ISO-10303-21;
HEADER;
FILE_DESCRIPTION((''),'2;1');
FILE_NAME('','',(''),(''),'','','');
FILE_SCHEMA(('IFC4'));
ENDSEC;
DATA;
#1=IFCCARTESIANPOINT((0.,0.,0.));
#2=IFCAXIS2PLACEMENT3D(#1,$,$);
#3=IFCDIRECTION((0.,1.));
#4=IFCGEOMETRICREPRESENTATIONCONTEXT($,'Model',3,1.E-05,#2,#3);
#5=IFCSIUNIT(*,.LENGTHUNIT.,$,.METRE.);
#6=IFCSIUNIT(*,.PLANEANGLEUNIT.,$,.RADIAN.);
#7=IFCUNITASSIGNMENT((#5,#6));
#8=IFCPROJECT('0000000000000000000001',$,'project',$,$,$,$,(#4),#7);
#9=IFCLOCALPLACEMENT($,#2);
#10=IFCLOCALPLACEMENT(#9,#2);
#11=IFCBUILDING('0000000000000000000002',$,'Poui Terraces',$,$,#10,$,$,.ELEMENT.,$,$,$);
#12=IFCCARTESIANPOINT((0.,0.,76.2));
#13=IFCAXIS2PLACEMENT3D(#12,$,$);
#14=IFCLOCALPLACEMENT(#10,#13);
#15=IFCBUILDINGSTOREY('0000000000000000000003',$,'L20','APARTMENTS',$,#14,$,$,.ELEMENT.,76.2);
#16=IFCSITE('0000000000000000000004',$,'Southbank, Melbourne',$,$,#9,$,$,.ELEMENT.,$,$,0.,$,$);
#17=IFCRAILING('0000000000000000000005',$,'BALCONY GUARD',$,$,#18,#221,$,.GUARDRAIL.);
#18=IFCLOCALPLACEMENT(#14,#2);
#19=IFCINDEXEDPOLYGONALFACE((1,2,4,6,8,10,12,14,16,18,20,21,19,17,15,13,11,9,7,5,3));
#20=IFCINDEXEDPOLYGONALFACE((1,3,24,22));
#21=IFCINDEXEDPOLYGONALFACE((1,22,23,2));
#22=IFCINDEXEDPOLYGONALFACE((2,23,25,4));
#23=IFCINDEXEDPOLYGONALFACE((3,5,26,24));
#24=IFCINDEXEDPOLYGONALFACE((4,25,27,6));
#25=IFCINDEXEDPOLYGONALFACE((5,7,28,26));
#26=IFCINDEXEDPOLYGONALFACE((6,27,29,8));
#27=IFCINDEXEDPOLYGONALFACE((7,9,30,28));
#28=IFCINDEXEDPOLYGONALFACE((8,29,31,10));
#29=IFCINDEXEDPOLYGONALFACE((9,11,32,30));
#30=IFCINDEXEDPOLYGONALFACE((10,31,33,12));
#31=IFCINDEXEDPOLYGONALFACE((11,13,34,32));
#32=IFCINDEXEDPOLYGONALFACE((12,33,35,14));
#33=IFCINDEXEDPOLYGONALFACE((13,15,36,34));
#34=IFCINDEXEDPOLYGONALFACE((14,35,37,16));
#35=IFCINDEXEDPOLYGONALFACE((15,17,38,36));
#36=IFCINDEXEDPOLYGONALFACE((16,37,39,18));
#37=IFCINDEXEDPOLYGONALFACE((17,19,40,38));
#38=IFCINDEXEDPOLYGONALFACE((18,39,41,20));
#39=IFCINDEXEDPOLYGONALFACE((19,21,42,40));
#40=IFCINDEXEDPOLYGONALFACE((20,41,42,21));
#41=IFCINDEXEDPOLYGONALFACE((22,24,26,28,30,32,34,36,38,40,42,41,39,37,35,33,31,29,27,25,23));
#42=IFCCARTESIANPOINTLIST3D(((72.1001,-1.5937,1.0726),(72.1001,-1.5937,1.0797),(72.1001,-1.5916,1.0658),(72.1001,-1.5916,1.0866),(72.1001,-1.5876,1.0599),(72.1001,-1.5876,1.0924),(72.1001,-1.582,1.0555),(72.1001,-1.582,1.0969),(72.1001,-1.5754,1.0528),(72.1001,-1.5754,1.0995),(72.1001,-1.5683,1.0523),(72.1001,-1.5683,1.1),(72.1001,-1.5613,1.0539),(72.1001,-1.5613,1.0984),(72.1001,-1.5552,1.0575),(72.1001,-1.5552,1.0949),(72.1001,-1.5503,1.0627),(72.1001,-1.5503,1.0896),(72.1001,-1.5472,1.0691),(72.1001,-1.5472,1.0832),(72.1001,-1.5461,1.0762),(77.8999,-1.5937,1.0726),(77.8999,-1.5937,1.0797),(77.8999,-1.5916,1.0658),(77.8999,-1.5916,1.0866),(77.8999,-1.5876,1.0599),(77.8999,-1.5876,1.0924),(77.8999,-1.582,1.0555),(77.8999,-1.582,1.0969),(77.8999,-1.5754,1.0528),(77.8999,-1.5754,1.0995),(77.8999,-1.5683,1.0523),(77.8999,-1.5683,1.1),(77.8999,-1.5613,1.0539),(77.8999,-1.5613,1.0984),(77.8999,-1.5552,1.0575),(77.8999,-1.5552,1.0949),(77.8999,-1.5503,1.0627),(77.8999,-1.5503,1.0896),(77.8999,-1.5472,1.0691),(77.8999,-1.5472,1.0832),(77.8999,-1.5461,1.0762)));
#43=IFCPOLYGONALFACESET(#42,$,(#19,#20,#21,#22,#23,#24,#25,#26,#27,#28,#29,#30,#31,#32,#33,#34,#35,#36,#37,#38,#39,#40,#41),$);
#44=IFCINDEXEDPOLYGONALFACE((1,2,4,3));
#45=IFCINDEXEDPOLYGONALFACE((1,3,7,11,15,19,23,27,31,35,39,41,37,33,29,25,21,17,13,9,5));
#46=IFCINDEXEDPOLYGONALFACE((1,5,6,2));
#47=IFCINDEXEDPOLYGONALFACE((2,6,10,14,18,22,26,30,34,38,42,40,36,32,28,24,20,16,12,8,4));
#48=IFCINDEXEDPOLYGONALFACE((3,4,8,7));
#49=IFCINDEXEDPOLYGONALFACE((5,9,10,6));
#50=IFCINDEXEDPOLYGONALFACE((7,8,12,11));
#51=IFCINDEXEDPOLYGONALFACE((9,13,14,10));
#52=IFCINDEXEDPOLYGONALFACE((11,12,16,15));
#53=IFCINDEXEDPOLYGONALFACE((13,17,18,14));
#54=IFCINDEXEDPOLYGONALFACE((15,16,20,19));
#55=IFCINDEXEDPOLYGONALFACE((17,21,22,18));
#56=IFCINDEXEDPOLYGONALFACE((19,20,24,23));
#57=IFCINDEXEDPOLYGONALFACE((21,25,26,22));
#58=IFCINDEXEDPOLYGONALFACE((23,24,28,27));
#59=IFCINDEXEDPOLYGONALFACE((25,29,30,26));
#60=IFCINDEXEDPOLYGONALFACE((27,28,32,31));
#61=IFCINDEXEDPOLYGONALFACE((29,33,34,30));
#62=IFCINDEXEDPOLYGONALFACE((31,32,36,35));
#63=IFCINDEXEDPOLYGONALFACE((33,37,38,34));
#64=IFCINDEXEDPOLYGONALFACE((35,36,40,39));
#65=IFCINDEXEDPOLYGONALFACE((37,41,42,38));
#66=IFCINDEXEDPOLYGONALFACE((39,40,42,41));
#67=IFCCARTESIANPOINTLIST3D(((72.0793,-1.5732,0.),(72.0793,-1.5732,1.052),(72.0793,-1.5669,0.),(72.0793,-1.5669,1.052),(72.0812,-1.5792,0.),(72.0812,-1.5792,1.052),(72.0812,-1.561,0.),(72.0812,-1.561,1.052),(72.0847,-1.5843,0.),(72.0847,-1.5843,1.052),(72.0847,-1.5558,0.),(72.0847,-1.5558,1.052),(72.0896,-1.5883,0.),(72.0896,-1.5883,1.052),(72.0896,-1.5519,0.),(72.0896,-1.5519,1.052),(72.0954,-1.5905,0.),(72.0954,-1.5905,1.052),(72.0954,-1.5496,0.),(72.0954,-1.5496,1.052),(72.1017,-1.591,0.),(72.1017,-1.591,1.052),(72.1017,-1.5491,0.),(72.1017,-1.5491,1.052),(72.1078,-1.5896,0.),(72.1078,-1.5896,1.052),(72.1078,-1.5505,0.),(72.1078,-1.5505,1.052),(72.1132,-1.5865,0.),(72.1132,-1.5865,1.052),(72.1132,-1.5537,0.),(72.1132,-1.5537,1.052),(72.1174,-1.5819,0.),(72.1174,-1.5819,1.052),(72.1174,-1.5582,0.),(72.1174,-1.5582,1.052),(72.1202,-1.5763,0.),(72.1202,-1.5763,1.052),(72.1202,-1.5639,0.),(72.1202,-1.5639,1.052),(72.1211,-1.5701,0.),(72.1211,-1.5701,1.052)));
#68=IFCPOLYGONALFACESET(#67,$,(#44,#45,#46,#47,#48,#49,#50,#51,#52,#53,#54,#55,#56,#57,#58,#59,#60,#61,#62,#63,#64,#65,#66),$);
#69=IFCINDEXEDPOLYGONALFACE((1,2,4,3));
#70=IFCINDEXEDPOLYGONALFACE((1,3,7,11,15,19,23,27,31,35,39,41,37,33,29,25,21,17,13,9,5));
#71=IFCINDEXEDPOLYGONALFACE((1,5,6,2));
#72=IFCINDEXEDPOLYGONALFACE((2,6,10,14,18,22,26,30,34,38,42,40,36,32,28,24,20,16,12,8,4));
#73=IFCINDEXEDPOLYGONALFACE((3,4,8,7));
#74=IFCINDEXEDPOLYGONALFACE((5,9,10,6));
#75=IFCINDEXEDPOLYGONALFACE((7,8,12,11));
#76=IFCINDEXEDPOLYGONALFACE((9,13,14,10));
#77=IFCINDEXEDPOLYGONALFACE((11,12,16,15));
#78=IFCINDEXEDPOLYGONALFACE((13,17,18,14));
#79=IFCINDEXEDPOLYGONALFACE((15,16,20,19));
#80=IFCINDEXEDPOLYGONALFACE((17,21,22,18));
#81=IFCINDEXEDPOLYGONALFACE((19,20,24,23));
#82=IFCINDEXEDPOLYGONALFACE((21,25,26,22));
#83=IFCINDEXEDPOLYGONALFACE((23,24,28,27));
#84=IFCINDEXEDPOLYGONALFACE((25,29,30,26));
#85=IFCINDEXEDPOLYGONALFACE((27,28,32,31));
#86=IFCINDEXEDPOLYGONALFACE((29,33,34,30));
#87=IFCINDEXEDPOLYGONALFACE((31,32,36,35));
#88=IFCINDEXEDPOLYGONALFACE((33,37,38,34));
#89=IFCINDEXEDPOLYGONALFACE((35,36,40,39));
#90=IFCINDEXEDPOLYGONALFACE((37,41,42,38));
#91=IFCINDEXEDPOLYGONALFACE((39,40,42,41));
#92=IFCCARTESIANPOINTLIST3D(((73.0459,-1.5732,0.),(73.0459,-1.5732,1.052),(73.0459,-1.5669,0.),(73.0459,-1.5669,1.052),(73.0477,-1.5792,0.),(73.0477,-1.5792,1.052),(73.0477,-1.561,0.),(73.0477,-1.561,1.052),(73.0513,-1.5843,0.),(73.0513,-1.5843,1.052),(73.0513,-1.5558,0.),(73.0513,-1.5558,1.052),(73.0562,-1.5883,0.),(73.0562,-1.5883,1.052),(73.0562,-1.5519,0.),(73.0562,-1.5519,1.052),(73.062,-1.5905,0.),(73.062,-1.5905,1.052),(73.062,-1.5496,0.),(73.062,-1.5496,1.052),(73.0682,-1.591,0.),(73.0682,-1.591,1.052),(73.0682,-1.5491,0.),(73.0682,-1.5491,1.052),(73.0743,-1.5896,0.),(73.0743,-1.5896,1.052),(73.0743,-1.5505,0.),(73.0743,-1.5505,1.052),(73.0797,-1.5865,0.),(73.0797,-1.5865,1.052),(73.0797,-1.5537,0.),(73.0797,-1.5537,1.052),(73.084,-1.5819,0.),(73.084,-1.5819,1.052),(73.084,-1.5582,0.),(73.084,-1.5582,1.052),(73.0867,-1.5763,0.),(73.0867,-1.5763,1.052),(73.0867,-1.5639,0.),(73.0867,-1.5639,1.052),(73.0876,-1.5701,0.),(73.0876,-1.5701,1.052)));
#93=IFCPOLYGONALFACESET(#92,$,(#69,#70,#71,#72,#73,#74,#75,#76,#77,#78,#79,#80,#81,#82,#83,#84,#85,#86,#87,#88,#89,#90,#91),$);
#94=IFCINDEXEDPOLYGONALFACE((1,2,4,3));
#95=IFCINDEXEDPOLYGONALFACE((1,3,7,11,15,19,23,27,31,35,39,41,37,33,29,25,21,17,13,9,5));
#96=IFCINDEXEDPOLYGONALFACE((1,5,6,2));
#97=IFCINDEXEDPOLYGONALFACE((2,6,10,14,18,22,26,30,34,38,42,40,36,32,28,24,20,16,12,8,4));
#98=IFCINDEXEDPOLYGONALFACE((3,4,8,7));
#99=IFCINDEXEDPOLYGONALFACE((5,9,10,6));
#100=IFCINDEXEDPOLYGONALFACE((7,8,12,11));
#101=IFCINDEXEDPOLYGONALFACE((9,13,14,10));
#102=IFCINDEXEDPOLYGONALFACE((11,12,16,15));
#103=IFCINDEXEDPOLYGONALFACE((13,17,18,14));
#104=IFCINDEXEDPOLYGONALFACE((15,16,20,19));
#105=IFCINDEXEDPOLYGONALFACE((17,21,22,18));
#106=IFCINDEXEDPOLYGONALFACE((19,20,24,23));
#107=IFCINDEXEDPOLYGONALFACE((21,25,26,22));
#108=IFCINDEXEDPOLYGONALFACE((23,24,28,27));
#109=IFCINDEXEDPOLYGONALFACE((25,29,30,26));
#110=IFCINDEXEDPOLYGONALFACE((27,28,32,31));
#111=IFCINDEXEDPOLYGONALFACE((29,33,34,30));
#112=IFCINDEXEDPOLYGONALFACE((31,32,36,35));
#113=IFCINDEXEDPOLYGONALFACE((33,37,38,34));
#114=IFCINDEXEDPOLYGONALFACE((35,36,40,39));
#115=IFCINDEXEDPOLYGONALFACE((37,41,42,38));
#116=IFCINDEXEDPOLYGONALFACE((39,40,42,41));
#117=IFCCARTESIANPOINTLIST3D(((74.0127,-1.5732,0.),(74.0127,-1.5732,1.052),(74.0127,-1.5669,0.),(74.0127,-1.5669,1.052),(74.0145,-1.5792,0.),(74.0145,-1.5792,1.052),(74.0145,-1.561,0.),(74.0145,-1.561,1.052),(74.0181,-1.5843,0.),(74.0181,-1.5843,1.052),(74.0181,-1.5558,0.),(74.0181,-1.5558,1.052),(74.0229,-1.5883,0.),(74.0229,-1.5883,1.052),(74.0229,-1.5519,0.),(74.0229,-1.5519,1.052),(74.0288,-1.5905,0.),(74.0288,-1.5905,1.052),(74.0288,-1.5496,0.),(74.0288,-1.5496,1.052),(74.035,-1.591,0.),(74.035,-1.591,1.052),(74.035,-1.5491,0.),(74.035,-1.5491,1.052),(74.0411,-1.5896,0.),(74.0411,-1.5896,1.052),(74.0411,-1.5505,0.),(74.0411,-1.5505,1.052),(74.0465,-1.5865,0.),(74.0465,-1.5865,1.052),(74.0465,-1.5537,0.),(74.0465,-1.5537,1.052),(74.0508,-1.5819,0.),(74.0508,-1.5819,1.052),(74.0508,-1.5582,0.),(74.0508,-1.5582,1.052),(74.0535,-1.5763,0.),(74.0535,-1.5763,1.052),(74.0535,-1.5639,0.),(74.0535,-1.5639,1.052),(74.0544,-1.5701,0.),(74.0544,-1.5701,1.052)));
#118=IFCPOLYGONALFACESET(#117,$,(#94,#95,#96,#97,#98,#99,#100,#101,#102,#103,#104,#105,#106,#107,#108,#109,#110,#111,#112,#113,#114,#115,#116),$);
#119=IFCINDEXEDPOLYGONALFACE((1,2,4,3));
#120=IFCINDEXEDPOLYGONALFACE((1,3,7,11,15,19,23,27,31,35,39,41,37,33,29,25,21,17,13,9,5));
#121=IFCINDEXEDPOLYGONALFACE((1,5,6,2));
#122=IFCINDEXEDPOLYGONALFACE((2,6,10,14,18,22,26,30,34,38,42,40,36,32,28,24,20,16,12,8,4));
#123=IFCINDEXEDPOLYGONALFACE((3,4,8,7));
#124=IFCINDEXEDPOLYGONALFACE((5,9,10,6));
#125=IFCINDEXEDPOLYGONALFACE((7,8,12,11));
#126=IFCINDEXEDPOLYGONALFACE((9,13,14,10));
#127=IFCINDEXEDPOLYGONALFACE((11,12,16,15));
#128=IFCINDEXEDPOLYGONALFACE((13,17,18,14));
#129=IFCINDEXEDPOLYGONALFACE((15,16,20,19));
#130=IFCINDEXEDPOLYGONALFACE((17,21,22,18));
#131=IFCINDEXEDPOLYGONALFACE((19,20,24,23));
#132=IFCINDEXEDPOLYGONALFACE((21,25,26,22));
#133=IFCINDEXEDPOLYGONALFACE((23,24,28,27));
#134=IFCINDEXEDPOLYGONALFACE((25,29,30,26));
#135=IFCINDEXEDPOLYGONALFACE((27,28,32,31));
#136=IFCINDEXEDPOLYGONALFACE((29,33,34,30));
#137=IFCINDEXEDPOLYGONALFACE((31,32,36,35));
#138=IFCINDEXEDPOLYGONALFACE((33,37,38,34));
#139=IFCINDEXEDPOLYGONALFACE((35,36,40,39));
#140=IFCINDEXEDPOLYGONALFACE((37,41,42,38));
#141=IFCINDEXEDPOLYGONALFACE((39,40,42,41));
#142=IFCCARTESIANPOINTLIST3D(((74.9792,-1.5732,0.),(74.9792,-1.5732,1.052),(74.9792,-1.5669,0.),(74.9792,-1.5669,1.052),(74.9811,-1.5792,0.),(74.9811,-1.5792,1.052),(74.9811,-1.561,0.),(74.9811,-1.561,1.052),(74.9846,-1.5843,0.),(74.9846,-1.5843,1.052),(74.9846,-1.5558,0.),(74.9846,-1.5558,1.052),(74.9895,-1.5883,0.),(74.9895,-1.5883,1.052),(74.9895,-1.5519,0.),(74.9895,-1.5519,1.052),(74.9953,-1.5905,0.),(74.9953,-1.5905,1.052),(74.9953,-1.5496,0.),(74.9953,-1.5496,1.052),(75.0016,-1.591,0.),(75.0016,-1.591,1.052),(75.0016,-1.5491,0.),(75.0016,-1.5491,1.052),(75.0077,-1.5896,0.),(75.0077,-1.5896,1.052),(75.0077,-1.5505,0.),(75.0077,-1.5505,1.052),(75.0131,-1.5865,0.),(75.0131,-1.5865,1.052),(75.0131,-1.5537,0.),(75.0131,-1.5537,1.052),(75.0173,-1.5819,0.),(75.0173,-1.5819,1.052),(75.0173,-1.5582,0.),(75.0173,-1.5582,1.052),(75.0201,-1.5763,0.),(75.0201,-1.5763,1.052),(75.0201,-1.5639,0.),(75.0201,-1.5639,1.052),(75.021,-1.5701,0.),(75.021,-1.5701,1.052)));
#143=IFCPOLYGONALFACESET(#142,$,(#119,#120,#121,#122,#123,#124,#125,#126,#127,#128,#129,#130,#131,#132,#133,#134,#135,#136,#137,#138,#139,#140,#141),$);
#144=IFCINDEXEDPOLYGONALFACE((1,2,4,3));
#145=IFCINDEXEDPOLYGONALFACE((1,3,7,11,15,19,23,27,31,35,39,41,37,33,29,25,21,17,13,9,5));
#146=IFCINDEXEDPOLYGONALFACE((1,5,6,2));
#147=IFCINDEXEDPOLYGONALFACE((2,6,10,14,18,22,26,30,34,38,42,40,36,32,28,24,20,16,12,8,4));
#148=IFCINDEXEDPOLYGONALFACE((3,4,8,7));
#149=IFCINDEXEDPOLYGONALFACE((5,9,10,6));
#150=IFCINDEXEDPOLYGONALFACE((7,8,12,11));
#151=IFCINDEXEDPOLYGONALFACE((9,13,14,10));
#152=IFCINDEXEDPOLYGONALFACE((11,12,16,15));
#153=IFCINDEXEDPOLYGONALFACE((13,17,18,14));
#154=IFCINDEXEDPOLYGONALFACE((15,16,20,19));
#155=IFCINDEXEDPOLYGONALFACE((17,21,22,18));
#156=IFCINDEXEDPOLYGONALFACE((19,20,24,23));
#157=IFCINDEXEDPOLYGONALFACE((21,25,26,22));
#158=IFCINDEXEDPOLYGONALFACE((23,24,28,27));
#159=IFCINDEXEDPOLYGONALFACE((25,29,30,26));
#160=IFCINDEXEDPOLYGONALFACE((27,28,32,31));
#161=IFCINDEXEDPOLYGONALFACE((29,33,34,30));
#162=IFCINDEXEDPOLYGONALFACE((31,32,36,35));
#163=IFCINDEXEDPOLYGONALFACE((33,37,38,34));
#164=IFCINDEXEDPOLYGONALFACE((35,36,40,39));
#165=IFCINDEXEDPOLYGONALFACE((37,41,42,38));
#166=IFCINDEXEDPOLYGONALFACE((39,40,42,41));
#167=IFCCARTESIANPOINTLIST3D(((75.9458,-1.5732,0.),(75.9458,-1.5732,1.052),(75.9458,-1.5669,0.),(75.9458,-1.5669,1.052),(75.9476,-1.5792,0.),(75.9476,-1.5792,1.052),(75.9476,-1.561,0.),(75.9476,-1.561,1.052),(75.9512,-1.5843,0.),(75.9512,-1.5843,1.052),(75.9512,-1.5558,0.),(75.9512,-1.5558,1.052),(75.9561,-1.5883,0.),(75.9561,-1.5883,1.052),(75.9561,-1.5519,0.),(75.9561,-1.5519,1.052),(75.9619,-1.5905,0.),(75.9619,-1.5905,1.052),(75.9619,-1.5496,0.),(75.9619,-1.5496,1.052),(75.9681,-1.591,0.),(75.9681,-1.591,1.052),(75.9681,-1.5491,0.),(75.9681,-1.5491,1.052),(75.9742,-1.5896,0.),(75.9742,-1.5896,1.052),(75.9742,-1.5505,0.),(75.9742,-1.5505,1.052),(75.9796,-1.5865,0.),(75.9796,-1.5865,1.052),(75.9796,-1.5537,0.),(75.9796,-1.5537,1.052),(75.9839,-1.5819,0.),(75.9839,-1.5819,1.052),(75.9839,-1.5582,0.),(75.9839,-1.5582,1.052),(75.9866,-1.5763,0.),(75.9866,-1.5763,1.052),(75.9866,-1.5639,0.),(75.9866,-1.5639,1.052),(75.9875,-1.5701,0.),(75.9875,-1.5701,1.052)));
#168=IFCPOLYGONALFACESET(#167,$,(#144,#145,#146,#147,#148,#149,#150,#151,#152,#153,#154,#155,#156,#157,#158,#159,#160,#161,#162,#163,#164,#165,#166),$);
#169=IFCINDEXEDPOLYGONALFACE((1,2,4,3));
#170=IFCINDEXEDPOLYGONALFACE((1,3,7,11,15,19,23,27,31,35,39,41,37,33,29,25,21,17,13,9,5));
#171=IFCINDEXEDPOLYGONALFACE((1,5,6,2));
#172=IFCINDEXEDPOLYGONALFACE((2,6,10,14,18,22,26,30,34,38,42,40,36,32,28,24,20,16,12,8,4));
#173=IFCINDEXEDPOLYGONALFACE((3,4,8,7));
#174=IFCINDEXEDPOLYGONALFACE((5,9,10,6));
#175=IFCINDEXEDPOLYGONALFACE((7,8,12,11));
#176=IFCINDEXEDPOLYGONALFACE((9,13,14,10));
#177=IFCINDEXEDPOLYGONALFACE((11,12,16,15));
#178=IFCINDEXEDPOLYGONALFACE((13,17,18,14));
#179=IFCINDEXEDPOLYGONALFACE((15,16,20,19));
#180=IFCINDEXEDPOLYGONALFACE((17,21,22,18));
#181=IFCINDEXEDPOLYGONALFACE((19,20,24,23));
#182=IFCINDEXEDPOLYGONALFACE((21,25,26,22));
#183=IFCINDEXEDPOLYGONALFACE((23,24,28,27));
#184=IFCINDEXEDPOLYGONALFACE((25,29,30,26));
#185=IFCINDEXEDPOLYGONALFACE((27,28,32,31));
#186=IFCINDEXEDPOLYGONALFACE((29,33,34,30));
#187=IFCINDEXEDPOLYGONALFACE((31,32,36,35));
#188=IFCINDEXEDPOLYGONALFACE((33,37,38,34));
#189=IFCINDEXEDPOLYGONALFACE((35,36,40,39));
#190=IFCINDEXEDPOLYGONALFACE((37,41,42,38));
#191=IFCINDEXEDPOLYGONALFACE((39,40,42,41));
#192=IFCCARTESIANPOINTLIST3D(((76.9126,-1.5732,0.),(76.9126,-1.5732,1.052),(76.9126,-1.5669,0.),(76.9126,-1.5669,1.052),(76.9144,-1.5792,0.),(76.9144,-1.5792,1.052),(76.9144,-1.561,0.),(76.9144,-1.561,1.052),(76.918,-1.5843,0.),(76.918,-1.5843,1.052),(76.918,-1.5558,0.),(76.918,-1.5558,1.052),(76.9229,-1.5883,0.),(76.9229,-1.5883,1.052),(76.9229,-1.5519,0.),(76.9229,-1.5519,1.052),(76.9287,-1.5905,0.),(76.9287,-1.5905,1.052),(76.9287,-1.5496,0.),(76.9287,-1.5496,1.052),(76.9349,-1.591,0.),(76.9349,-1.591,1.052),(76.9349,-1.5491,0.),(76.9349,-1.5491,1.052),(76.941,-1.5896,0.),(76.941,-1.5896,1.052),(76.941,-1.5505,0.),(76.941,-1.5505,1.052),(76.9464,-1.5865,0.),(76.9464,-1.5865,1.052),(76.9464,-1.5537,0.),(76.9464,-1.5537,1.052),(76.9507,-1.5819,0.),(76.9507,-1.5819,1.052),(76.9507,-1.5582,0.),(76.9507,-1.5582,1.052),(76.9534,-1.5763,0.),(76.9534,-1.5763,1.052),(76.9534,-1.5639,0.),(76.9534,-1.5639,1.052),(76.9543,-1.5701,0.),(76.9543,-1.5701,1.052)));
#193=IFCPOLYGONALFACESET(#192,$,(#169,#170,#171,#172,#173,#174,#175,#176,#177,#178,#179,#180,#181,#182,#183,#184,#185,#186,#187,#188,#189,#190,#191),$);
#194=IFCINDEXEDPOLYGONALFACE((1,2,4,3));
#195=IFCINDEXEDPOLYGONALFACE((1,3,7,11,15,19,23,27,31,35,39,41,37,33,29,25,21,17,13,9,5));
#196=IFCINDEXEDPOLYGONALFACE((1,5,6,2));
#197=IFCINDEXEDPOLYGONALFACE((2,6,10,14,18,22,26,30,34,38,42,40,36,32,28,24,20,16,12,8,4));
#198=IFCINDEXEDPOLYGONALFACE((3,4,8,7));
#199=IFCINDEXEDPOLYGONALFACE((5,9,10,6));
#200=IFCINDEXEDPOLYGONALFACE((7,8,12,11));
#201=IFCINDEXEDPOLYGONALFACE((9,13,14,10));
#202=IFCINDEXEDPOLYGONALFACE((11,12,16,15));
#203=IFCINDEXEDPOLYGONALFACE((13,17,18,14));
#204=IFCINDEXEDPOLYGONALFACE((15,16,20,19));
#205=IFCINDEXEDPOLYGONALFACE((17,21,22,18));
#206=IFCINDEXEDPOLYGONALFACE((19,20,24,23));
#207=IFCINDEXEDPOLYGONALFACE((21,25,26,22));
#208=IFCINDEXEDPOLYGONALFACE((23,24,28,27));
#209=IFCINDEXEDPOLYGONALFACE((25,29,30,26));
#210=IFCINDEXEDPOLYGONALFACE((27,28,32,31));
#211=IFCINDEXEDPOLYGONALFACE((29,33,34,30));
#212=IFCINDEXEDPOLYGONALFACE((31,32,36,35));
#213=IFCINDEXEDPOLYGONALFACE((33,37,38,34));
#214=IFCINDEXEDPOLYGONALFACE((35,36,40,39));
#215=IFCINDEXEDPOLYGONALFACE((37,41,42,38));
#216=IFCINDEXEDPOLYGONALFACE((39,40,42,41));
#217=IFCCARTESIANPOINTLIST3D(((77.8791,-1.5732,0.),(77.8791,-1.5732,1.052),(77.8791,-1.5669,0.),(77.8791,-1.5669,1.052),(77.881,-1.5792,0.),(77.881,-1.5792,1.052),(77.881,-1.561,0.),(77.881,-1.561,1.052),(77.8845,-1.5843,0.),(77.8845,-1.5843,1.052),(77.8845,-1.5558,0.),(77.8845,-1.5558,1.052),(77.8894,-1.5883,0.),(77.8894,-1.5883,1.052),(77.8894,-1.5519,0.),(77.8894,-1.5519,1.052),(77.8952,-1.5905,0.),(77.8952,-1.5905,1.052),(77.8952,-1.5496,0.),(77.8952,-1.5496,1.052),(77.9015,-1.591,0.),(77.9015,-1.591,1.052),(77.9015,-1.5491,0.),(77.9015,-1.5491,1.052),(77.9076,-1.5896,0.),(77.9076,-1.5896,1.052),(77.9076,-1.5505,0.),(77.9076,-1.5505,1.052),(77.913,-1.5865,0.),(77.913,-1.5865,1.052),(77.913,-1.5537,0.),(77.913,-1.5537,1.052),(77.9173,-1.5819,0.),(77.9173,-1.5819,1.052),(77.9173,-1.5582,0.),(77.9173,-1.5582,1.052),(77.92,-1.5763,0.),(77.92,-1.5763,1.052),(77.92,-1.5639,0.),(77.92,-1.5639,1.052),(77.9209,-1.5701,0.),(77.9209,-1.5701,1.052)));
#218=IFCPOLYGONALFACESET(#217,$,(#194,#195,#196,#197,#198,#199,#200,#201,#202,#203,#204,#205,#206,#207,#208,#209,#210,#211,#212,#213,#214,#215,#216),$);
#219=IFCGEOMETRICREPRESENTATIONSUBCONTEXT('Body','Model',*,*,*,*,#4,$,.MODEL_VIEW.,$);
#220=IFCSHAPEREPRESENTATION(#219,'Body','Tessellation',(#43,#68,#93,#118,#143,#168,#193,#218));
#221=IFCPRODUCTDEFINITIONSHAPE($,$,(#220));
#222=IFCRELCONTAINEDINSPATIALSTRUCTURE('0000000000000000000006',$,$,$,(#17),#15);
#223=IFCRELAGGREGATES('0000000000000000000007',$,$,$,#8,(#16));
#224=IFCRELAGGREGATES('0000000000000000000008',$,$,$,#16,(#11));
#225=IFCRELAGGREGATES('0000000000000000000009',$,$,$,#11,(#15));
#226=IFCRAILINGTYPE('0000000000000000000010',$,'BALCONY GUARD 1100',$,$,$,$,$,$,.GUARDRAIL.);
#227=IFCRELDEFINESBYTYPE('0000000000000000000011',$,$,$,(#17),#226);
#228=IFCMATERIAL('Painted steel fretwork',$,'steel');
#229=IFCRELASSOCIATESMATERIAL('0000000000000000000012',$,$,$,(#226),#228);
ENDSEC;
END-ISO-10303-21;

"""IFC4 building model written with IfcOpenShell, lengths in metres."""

from ifc_helpers import new_model, si_unit, direction, frame, origin, origin_2d, place, context, subcontext, project, spatial, circle, extrude, material, type_object, element, save


model = new_model("IFC4")

# Units and contexts
model_context = context("Model", 3, precision=1e-05, world=origin(), true_north=direction((0.0, 1.0)))
body_context = subcontext(model_context, "Body", "Model", "MODEL_VIEW")
ifc_project = project(units=[si_unit("LENGTHUNIT", "METRE"), si_unit("PLANEANGLEUNIT", "RADIAN")], contexts=[model_context])

# Site, building, storey
site_placement = place(None, origin())
site = spatial("IfcSite", under=ifc_project, at=site_placement, Name="Southbank, Melbourne", CompositionType="ELEMENT", RefElevation=0.0)
building_placement = place(site_placement, origin())
building = spatial("IfcBuilding", under=site, at=building_placement, Name="Poui Terraces", CompositionType="ELEMENT")
storey_placement = place(building_placement, frame((0.0, 0.0, 76.2)))
storey = spatial("IfcBuildingStorey", under=building, at=storey_placement, Name="L20", Description="APARTMENTS", CompositionType="ELEMENT", Elevation=76.2)

# Railing
ifc_material_1 = material(Name="Painted steel fretwork", Category="steel")
railing_type_1 = type_object("IfcRailingType", Name="BALCONY GUARD 1100", PredefinedType="GUARDRAIL", material=ifc_material_1)
railing_1_placement = place(storey_placement, frame((72.1001, -1.5701, 0.0)))
element("IfcRailing", 1, at=railing_1_placement, inside=storey, type_object=railing_type_1, Name="BALCONY GUARD", PredefinedType="GUARDRAIL", context=body_context, shape_type="SweptSolid", body=[
    extrude(circle(Radius=0.0239, at=origin_2d()), frame((0.0, 0.0, 1.0762), z_axis=(1.0, 0.0, 0.0), x_axis=(0.0, 1.0, 0.0)), (0.0, 0.0, 1.0), 5.7998),
    extrude(circle(Radius=0.021, at=origin_2d()), origin(), (0.0, 0.0, 1.0), 1.052),
    extrude(circle(Radius=0.021, at=origin_2d()), frame((0.9666, 0.0, 0.0)), (0.0, 0.0, 1.0), 1.052),
    extrude(circle(Radius=0.021, at=origin_2d()), frame((1.9333, 0.0, 0.0)), (0.0, 0.0, 1.0), 1.052),
    extrude(circle(Radius=0.021, at=origin_2d()), frame((2.8999, 0.0, 0.0)), (0.0, 0.0, 1.0), 1.052),
    extrude(circle(Radius=0.021, at=origin_2d()), frame((3.8665, 0.0, 0.0)), (0.0, 0.0, 1.0), 1.052),
    extrude(circle(Radius=0.021, at=origin_2d()), frame((4.8333, 0.0, 0.0)), (0.0, 0.0, 1.0), 1.052),
    extrude(circle(Radius=0.021, at=origin_2d()), frame((5.7998, 0.0, 0.0)), (0.0, 0.0, 1.0), 1.052),
])

save(model, "model.ifc")
